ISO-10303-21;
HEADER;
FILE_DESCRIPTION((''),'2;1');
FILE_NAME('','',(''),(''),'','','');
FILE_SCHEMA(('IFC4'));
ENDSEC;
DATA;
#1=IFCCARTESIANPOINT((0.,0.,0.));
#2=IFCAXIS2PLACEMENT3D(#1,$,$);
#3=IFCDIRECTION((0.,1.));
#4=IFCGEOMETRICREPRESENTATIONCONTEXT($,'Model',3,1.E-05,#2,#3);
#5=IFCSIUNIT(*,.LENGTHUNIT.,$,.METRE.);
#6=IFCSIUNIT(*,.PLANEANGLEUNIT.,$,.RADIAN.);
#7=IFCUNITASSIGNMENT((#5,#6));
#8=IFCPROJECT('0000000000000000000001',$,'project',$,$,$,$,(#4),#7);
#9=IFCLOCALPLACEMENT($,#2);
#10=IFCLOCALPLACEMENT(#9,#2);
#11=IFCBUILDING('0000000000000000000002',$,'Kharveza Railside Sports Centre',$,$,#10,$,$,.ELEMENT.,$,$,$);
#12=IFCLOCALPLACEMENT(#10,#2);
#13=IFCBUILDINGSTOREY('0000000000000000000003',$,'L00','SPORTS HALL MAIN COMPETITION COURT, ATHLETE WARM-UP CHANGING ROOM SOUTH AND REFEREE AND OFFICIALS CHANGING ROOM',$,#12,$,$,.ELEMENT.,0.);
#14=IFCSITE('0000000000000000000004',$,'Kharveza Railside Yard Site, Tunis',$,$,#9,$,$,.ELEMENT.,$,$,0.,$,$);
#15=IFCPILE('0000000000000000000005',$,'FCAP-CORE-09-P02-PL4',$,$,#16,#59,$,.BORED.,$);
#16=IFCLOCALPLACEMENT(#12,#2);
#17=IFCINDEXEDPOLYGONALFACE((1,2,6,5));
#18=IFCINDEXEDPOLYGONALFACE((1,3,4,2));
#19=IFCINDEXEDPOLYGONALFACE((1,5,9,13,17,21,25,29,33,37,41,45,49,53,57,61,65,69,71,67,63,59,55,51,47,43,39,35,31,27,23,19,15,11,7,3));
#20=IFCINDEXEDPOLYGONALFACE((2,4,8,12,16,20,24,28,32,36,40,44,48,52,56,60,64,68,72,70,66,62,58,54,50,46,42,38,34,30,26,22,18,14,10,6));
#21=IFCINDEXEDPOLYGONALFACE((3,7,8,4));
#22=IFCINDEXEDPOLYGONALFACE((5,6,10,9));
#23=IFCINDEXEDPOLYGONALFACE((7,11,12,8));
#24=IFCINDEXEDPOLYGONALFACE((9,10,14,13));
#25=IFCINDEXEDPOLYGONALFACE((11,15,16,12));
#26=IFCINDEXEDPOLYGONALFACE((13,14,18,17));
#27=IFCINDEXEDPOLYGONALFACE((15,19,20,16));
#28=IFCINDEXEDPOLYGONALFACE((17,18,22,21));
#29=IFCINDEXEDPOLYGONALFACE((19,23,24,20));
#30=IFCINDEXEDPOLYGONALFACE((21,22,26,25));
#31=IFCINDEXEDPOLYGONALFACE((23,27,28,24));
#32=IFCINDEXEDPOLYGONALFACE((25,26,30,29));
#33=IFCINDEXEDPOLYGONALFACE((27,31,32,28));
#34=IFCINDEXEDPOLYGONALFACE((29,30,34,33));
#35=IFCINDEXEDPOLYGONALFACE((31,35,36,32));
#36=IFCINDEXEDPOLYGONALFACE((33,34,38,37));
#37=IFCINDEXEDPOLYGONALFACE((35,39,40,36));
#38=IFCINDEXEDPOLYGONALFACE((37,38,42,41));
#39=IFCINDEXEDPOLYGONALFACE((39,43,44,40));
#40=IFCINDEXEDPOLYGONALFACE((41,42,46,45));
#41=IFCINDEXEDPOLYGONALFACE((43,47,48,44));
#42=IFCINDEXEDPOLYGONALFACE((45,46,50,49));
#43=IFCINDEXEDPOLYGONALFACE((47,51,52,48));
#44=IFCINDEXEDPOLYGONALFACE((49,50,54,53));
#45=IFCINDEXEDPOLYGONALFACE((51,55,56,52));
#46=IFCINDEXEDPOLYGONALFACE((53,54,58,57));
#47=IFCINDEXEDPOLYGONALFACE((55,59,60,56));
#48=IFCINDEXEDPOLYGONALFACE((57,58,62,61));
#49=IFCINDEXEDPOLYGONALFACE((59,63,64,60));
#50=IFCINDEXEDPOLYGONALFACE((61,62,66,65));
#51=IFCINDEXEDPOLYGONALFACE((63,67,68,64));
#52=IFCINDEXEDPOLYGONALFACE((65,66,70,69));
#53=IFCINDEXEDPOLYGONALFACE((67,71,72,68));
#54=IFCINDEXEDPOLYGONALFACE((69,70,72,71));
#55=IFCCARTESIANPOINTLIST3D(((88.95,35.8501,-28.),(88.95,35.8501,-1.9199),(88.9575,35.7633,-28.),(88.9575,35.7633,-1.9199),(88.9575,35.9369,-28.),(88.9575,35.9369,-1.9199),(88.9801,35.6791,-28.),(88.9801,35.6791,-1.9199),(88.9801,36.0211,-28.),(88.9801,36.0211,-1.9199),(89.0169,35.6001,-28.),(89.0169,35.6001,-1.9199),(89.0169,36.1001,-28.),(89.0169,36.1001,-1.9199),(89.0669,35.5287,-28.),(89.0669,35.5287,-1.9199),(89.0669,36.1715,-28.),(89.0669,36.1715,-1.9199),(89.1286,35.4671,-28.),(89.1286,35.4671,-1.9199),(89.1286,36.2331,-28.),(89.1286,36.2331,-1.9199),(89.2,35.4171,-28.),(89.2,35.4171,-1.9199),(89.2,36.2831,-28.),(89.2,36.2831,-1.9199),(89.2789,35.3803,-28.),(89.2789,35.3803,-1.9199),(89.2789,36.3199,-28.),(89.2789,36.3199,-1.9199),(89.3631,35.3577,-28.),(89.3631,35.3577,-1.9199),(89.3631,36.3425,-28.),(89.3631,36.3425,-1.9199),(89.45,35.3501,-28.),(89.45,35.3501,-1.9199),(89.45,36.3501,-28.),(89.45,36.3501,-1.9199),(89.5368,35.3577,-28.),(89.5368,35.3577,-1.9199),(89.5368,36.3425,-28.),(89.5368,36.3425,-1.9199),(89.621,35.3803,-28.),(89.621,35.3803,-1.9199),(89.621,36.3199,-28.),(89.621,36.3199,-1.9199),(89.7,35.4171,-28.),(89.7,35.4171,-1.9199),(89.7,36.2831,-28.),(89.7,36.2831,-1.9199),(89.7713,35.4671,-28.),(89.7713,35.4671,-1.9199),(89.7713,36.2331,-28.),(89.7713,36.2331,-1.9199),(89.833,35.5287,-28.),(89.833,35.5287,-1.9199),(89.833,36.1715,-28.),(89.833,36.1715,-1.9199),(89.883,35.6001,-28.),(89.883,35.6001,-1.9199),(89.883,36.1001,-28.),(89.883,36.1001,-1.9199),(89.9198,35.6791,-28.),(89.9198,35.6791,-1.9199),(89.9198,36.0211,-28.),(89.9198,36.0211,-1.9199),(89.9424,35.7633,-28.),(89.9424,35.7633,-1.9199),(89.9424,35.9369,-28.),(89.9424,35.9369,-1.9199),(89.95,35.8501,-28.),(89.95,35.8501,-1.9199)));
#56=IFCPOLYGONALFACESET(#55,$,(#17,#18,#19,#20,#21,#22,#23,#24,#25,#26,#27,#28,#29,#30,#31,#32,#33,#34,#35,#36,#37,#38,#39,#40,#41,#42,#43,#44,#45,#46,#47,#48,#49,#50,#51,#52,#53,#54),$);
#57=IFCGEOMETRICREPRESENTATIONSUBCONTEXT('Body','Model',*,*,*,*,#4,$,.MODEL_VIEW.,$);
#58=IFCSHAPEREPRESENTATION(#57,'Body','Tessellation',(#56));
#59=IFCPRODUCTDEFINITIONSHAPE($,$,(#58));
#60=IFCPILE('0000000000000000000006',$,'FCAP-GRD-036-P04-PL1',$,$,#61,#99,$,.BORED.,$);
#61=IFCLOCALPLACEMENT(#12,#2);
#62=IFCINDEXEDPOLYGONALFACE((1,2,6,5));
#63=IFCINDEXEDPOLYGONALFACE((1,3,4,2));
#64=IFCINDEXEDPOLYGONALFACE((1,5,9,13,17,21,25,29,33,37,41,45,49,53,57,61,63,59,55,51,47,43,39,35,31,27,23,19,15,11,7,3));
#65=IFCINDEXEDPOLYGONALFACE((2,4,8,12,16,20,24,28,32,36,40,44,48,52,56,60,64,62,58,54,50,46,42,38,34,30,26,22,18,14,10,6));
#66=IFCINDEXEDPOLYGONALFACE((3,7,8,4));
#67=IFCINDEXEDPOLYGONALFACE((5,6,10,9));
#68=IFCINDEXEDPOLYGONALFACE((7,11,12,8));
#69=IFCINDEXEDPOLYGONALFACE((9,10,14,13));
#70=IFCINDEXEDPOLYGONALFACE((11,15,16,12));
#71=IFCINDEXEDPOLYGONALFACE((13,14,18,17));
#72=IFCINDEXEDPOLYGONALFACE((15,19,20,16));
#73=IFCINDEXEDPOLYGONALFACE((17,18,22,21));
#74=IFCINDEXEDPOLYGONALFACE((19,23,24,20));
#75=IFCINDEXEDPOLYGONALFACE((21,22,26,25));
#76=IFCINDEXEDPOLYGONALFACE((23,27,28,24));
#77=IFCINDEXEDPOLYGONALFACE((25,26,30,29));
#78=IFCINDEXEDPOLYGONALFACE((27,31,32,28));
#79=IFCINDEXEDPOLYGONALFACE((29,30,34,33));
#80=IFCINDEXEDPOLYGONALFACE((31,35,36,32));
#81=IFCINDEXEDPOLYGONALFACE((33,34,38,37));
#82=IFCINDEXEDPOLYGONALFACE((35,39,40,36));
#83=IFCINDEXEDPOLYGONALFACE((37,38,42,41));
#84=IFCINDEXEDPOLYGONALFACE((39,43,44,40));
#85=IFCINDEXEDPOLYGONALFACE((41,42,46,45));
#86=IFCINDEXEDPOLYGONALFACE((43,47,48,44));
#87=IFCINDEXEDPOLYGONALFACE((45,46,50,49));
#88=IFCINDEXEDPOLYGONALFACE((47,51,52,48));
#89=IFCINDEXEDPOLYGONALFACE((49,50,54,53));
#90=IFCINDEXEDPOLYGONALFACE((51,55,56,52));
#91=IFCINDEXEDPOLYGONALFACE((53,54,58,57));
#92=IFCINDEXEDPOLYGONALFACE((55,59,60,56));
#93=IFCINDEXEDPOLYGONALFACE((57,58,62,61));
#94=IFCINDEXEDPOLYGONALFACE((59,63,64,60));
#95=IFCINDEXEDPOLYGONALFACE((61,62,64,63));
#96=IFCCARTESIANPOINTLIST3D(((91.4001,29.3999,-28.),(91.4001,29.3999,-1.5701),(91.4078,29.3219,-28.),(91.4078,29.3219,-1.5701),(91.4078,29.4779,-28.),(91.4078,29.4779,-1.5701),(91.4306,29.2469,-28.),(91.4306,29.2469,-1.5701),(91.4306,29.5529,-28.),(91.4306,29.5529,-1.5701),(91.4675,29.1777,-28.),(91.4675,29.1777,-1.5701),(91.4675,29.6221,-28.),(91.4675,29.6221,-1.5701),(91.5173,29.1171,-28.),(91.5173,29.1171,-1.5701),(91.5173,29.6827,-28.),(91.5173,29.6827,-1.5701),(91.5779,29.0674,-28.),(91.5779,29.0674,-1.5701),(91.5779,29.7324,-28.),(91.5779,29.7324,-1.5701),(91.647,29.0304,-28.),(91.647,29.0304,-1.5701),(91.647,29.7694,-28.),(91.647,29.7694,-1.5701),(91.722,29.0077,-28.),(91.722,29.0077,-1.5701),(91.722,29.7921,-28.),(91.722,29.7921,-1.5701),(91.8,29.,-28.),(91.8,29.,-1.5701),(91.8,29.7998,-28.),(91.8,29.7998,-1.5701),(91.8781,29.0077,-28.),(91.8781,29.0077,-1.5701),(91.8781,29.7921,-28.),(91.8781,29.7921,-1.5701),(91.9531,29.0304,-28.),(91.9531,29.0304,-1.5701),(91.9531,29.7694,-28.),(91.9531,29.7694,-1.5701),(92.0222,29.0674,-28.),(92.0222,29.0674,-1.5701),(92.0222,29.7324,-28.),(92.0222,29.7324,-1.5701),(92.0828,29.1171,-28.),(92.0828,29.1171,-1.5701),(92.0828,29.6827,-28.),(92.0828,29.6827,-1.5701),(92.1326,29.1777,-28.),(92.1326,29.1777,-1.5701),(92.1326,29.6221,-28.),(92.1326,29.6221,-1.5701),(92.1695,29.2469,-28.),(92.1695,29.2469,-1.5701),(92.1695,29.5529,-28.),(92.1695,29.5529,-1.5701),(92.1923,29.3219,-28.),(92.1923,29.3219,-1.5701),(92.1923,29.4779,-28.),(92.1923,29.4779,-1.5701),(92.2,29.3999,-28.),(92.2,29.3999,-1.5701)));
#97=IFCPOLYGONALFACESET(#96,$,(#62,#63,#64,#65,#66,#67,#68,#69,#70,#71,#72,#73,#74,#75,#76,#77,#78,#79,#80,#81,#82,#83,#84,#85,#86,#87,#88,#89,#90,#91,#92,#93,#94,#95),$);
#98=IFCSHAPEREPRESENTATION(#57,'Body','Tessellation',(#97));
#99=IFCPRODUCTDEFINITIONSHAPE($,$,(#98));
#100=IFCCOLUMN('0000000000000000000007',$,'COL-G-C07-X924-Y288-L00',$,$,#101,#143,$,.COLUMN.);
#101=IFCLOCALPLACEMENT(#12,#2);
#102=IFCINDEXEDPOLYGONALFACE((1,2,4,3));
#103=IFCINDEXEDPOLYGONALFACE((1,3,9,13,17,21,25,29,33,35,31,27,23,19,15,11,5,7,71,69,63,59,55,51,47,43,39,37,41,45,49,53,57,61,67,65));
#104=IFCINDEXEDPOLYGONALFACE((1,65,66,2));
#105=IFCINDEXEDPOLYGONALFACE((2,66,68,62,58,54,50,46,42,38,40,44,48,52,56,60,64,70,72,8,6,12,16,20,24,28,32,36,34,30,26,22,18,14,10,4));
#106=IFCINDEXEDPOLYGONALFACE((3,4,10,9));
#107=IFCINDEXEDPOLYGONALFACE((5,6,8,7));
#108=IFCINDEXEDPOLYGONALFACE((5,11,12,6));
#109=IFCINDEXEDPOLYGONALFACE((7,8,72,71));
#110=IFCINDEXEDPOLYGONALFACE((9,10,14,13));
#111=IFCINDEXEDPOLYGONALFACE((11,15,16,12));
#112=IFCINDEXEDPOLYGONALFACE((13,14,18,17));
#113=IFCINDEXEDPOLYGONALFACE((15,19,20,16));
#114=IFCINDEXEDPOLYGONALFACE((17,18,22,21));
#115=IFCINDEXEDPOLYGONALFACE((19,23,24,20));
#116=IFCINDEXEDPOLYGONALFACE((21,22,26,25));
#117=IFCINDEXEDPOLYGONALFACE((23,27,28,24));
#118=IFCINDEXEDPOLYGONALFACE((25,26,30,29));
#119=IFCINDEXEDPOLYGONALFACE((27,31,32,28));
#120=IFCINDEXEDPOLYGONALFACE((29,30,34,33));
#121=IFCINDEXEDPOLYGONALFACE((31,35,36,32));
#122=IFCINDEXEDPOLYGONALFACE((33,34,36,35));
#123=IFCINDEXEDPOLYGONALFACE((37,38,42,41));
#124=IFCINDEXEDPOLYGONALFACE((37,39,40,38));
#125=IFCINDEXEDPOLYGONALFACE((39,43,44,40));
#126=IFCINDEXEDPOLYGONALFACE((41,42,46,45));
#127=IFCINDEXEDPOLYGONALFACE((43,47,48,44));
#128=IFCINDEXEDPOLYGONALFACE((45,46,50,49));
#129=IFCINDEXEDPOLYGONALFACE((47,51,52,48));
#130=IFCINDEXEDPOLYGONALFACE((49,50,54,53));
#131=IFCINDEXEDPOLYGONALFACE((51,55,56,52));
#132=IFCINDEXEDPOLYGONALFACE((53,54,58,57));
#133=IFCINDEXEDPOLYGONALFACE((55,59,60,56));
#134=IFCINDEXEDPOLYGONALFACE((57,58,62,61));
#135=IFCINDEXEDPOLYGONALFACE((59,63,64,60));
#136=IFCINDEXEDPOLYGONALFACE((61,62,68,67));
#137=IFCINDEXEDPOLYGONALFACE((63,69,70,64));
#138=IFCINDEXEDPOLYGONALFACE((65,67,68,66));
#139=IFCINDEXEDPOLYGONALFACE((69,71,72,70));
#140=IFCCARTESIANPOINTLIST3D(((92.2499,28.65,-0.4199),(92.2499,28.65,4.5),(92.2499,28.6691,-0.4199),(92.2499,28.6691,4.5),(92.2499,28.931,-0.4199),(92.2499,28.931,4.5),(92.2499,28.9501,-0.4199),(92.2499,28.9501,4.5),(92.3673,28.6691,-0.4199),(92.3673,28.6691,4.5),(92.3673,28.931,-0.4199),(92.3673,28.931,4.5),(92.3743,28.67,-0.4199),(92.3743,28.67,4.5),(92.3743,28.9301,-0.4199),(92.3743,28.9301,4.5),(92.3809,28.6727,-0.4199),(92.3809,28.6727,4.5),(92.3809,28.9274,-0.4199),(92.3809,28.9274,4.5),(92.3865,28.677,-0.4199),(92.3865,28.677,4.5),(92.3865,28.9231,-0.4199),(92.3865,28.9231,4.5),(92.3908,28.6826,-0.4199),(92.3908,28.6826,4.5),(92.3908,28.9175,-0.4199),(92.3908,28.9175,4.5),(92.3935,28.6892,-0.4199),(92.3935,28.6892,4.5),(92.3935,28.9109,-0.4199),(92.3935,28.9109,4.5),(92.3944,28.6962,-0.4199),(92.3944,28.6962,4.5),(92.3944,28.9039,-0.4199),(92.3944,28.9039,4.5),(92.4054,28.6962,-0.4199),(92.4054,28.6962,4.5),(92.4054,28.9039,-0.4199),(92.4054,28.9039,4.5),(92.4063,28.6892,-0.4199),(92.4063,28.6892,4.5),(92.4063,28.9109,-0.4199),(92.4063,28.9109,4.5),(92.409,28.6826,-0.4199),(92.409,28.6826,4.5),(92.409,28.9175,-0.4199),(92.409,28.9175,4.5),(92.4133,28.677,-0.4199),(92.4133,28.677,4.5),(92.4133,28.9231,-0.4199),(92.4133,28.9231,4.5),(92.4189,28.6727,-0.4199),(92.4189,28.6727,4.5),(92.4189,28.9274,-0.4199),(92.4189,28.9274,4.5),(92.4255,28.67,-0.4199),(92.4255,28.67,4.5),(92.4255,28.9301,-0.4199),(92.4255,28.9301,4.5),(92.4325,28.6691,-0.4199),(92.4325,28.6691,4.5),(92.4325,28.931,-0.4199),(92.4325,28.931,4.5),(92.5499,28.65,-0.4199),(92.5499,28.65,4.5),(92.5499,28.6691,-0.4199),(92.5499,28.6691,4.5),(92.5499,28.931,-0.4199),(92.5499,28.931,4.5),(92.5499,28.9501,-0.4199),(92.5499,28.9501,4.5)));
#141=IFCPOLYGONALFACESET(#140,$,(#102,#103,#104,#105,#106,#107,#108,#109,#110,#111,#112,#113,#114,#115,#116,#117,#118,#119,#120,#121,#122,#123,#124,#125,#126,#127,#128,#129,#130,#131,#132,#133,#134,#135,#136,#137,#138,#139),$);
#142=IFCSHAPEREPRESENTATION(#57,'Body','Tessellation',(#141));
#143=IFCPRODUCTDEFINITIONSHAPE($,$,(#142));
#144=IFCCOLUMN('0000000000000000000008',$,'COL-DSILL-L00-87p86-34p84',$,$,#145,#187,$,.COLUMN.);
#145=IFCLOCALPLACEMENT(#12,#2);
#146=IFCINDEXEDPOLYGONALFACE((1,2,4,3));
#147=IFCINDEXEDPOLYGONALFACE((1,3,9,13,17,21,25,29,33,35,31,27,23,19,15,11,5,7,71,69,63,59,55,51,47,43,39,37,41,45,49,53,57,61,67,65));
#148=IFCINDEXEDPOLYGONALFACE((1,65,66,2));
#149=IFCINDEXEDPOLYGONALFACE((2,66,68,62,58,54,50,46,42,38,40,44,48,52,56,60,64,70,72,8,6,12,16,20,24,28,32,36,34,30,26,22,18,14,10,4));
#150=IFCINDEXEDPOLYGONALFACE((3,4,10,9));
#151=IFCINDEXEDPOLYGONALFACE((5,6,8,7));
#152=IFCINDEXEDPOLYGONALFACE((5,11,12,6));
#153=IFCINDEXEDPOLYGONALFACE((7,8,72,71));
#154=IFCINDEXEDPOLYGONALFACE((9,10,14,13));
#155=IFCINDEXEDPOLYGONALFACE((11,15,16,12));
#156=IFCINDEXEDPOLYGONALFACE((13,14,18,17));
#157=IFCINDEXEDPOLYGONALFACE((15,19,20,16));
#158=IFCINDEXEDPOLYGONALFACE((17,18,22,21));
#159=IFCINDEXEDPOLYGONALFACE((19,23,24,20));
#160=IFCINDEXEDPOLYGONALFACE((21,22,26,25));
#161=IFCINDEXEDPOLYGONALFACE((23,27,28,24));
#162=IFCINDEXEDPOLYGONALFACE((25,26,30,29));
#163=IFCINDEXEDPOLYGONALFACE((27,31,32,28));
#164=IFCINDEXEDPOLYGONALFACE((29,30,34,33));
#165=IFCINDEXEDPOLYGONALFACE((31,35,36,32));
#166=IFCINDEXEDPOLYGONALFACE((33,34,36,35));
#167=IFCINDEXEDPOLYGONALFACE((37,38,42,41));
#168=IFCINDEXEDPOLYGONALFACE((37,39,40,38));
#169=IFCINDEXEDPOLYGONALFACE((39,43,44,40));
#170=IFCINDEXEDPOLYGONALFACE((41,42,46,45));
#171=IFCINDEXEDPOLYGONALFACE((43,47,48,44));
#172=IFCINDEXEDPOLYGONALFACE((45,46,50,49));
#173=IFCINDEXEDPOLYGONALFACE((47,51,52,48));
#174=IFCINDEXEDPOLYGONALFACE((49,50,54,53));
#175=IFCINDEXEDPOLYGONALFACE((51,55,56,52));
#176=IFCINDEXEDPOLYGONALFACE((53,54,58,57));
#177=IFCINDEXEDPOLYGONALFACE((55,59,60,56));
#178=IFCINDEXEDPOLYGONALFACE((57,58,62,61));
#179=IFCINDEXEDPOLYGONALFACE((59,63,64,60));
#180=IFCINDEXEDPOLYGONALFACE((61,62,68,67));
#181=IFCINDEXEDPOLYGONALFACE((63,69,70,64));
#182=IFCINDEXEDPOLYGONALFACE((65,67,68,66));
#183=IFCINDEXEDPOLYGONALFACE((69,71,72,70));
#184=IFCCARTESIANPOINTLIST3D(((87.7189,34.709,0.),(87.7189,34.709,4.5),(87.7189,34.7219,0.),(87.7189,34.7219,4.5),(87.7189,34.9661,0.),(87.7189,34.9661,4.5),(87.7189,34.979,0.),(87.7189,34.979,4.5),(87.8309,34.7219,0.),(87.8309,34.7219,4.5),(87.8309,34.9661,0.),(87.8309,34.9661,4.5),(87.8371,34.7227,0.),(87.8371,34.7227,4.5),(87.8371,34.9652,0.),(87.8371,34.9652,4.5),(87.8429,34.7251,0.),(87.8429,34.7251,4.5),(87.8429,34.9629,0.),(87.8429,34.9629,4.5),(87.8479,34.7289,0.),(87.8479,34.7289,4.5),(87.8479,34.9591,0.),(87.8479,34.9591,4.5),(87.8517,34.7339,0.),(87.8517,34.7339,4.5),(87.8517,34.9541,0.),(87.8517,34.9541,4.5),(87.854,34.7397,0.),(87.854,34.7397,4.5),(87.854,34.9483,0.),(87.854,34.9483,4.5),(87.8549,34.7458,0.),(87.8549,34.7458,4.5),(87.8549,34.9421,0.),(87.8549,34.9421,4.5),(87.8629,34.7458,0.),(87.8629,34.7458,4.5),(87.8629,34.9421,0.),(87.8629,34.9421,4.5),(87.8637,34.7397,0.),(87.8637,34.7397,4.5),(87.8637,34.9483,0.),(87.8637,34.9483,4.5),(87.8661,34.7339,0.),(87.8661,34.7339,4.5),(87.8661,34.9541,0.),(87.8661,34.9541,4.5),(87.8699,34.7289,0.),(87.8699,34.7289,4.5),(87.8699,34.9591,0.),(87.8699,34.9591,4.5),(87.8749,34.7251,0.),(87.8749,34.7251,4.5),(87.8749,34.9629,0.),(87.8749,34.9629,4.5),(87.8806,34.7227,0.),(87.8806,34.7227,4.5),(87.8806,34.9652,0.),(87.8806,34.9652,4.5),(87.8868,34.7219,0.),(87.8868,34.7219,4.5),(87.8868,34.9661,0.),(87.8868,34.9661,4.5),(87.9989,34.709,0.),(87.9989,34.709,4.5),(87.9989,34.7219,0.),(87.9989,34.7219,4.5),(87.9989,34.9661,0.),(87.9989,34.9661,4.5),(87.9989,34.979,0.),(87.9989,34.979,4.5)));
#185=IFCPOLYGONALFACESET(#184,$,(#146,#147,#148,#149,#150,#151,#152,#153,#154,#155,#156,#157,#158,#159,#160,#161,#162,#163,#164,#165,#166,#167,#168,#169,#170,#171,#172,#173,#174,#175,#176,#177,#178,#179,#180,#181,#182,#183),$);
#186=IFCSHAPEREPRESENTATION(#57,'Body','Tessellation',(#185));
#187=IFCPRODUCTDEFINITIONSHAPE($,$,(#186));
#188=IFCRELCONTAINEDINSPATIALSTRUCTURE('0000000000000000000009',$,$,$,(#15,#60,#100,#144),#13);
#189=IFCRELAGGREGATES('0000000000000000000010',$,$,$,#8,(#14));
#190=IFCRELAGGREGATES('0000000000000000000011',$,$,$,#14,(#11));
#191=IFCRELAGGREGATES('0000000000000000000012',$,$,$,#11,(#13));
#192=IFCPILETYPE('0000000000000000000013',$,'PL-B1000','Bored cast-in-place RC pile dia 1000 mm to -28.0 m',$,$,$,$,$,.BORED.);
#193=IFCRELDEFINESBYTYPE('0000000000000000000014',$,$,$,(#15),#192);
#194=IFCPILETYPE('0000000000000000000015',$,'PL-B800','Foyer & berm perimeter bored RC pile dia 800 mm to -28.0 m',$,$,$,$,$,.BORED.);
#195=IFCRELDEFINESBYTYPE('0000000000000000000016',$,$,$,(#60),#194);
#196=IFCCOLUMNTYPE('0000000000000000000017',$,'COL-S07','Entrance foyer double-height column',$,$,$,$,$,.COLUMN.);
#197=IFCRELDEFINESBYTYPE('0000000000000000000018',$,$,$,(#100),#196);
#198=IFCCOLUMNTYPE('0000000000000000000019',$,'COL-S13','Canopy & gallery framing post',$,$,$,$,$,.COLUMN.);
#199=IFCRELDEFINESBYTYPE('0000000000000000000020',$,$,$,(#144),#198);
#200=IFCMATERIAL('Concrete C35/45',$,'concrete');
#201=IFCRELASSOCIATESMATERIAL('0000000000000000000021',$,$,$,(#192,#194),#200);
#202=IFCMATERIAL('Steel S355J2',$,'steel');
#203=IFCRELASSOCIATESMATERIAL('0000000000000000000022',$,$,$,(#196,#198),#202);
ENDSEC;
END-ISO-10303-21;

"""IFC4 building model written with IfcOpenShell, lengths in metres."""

from ifc_helpers import new_model, si_unit, direction, frame, origin, origin_2d, place, context, subcontext, project, spatial, circle, i_section, extrude, material, material_profile, profile_set, type_object, element, save


model = new_model("IFC4")

# Units and contexts
model_context = context("Model", 3, precision=1e-05, world=origin(), true_north=direction((0.0, 1.0)))
body_context = subcontext(model_context, "Body", "Model", "MODEL_VIEW")
ifc_project = project(units=[si_unit("LENGTHUNIT", "METRE"), si_unit("PLANEANGLEUNIT", "RADIAN")], contexts=[model_context])

# Site, building, storey
site_placement = place(None, origin())
site = spatial("IfcSite", under=ifc_project, at=site_placement, Name="Kharveza Railside Yard Site, Tunis", CompositionType="ELEMENT", RefElevation=0.0)
building_placement = place(site_placement, origin())
building = spatial("IfcBuilding", under=site, at=building_placement, Name="Kharveza Railside Sports Centre", CompositionType="ELEMENT")
storey_placement = place(building_placement, origin())
storey = spatial("IfcBuildingStorey", under=building, at=storey_placement, Name="L00", Description="SPORTS HALL MAIN COMPETITION COURT, ATHLETE WARM-UP CHANGING ROOM SOUTH AND REFEREE AND OFFICIALS CHANGING ROOM", CompositionType="ELEMENT", Elevation=0.0)

# Shared definitions
ifc_material_1 = material(Name="Concrete C35/45", Category="concrete")

# Piles
ifc_material_profile_1 = material_profile(ifc_material_1, circle(Radius=0.5, at=origin_2d()), Name="PILE D1000")
ifc_profile_set_1 = profile_set([ifc_material_profile_1], Name="Concrete C35/45")
pile_type_1 = type_object("IfcPileType", Name="PL-B1000", Description="Bored cast-in-place RC pile dia 1000 mm to -28.0 m", PredefinedType="BORED", material=ifc_profile_set_1)
for number, where, z_axis, x_axis, name in (
    (1, (89.45, 35.8501, -1.9199), (0.0, 0.0, -1.0), (1.0, 0.0, 0.0), "FCAP-CORE-09-P02-PL4"),
):
    element("IfcPile", number, at=place(storey_placement, frame(where, z_axis=z_axis, x_axis=x_axis)), inside=storey, type_object=pile_type_1, Name=name, PredefinedType="BORED", context=body_context, shape_type="SweptSolid", body=[
        extrude(circle(Radius=0.5, at=origin_2d()), origin(), (0.0, 0.0, 1.0), 26.0801),
    ])
ifc_material_profile_2 = material_profile(ifc_material_1, circle(Radius=0.3999, at=origin_2d()), Name="PILE D800")
ifc_profile_set_2 = profile_set([ifc_material_profile_2], Name="Concrete C35/45")
pile_type_2 = type_object("IfcPileType", Name="PL-B800", Description="Foyer & berm perimeter bored RC pile dia 800 mm to -28.0 m", PredefinedType="BORED", material=ifc_profile_set_2)
pile_placement = place(storey_placement, frame((91.8, 29.3999, -1.5701), z_axis=(0.0, 0.0, -1.0), x_axis=(1.0, 0.0, 0.0)))
element("IfcPile", 2, at=pile_placement, inside=storey, type_object=pile_type_2, Name="FCAP-GRD-036-P04-PL1", PredefinedType="BORED", context=body_context, shape_type="SweptSolid", body=[
    extrude(circle(Radius=0.3999, at=origin_2d()), origin(), (0.0, 0.0, 1.0), 26.4299),
])

# Columns
ifc_material_2 = material(Name="Steel S355J2", Category="steel")
ifc_material_profile_3 = material_profile(ifc_material_2, i_section(OverallWidth=0.3, OverallDepth=0.3, WebThickness=0.011, FlangeThickness=0.019, FilletRadius=0.0271, at=origin_2d()), Name="HEB 300")
ifc_profile_set_3 = profile_set([ifc_material_profile_3], Name="Steel S355J2")
column_type_1 = type_object("IfcColumnType", Name="COL-S07", Description="Entrance foyer double-height column", PredefinedType="COLUMN", material=ifc_profile_set_3)
column_1_placement = place(storey_placement, frame((92.3999, 28.8, -0.4199), z_axis=(0.0, 0.0, 1.0), x_axis=(1.0, 0.0, 0.0)))
element("IfcColumn", 3, at=column_1_placement, inside=storey, type_object=column_type_1, Name="COL-G-C07-X924-Y288-L00", PredefinedType="COLUMN", context=body_context, shape_type="SweptSolid", body=[
    extrude(i_section(OverallWidth=0.3, OverallDepth=0.3, WebThickness=0.011, FlangeThickness=0.019, FilletRadius=0.0271, at=origin_2d()), origin(), (0.0, 0.0, 1.0), 4.9199),
])
ifc_material_profile_4 = material_profile(ifc_material_2, i_section(OverallWidth=0.28, OverallDepth=0.27, WebThickness=0.0081, FlangeThickness=0.0129, FilletRadius=0.0239, at=origin_2d()), Name="HEA 280")
ifc_profile_set_4 = profile_set([ifc_material_profile_4], Name="Steel S355J2")
column_type_2 = type_object("IfcColumnType", Name="COL-S13", Description="Canopy & gallery framing post", PredefinedType="COLUMN", material=ifc_profile_set_4)
column_2_placement = place(storey_placement, frame((87.8589, 34.844, 0.0), z_axis=(0.0, 0.0, 1.0), x_axis=(1.0, 0.0, 0.0)))
element("IfcColumn", 4, at=column_2_placement, inside=storey, type_object=column_type_2, Name="COL-DSILL-L00-87p86-34p84", PredefinedType="COLUMN", context=body_context, shape_type="SweptSolid", body=[
    extrude(i_section(OverallWidth=0.28, OverallDepth=0.27, WebThickness=0.0081, FlangeThickness=0.0129, FilletRadius=0.0239, at=origin_2d()), origin(), (0.0, 0.0, 1.0), 4.5),
])

save(model, "model.ifc")
